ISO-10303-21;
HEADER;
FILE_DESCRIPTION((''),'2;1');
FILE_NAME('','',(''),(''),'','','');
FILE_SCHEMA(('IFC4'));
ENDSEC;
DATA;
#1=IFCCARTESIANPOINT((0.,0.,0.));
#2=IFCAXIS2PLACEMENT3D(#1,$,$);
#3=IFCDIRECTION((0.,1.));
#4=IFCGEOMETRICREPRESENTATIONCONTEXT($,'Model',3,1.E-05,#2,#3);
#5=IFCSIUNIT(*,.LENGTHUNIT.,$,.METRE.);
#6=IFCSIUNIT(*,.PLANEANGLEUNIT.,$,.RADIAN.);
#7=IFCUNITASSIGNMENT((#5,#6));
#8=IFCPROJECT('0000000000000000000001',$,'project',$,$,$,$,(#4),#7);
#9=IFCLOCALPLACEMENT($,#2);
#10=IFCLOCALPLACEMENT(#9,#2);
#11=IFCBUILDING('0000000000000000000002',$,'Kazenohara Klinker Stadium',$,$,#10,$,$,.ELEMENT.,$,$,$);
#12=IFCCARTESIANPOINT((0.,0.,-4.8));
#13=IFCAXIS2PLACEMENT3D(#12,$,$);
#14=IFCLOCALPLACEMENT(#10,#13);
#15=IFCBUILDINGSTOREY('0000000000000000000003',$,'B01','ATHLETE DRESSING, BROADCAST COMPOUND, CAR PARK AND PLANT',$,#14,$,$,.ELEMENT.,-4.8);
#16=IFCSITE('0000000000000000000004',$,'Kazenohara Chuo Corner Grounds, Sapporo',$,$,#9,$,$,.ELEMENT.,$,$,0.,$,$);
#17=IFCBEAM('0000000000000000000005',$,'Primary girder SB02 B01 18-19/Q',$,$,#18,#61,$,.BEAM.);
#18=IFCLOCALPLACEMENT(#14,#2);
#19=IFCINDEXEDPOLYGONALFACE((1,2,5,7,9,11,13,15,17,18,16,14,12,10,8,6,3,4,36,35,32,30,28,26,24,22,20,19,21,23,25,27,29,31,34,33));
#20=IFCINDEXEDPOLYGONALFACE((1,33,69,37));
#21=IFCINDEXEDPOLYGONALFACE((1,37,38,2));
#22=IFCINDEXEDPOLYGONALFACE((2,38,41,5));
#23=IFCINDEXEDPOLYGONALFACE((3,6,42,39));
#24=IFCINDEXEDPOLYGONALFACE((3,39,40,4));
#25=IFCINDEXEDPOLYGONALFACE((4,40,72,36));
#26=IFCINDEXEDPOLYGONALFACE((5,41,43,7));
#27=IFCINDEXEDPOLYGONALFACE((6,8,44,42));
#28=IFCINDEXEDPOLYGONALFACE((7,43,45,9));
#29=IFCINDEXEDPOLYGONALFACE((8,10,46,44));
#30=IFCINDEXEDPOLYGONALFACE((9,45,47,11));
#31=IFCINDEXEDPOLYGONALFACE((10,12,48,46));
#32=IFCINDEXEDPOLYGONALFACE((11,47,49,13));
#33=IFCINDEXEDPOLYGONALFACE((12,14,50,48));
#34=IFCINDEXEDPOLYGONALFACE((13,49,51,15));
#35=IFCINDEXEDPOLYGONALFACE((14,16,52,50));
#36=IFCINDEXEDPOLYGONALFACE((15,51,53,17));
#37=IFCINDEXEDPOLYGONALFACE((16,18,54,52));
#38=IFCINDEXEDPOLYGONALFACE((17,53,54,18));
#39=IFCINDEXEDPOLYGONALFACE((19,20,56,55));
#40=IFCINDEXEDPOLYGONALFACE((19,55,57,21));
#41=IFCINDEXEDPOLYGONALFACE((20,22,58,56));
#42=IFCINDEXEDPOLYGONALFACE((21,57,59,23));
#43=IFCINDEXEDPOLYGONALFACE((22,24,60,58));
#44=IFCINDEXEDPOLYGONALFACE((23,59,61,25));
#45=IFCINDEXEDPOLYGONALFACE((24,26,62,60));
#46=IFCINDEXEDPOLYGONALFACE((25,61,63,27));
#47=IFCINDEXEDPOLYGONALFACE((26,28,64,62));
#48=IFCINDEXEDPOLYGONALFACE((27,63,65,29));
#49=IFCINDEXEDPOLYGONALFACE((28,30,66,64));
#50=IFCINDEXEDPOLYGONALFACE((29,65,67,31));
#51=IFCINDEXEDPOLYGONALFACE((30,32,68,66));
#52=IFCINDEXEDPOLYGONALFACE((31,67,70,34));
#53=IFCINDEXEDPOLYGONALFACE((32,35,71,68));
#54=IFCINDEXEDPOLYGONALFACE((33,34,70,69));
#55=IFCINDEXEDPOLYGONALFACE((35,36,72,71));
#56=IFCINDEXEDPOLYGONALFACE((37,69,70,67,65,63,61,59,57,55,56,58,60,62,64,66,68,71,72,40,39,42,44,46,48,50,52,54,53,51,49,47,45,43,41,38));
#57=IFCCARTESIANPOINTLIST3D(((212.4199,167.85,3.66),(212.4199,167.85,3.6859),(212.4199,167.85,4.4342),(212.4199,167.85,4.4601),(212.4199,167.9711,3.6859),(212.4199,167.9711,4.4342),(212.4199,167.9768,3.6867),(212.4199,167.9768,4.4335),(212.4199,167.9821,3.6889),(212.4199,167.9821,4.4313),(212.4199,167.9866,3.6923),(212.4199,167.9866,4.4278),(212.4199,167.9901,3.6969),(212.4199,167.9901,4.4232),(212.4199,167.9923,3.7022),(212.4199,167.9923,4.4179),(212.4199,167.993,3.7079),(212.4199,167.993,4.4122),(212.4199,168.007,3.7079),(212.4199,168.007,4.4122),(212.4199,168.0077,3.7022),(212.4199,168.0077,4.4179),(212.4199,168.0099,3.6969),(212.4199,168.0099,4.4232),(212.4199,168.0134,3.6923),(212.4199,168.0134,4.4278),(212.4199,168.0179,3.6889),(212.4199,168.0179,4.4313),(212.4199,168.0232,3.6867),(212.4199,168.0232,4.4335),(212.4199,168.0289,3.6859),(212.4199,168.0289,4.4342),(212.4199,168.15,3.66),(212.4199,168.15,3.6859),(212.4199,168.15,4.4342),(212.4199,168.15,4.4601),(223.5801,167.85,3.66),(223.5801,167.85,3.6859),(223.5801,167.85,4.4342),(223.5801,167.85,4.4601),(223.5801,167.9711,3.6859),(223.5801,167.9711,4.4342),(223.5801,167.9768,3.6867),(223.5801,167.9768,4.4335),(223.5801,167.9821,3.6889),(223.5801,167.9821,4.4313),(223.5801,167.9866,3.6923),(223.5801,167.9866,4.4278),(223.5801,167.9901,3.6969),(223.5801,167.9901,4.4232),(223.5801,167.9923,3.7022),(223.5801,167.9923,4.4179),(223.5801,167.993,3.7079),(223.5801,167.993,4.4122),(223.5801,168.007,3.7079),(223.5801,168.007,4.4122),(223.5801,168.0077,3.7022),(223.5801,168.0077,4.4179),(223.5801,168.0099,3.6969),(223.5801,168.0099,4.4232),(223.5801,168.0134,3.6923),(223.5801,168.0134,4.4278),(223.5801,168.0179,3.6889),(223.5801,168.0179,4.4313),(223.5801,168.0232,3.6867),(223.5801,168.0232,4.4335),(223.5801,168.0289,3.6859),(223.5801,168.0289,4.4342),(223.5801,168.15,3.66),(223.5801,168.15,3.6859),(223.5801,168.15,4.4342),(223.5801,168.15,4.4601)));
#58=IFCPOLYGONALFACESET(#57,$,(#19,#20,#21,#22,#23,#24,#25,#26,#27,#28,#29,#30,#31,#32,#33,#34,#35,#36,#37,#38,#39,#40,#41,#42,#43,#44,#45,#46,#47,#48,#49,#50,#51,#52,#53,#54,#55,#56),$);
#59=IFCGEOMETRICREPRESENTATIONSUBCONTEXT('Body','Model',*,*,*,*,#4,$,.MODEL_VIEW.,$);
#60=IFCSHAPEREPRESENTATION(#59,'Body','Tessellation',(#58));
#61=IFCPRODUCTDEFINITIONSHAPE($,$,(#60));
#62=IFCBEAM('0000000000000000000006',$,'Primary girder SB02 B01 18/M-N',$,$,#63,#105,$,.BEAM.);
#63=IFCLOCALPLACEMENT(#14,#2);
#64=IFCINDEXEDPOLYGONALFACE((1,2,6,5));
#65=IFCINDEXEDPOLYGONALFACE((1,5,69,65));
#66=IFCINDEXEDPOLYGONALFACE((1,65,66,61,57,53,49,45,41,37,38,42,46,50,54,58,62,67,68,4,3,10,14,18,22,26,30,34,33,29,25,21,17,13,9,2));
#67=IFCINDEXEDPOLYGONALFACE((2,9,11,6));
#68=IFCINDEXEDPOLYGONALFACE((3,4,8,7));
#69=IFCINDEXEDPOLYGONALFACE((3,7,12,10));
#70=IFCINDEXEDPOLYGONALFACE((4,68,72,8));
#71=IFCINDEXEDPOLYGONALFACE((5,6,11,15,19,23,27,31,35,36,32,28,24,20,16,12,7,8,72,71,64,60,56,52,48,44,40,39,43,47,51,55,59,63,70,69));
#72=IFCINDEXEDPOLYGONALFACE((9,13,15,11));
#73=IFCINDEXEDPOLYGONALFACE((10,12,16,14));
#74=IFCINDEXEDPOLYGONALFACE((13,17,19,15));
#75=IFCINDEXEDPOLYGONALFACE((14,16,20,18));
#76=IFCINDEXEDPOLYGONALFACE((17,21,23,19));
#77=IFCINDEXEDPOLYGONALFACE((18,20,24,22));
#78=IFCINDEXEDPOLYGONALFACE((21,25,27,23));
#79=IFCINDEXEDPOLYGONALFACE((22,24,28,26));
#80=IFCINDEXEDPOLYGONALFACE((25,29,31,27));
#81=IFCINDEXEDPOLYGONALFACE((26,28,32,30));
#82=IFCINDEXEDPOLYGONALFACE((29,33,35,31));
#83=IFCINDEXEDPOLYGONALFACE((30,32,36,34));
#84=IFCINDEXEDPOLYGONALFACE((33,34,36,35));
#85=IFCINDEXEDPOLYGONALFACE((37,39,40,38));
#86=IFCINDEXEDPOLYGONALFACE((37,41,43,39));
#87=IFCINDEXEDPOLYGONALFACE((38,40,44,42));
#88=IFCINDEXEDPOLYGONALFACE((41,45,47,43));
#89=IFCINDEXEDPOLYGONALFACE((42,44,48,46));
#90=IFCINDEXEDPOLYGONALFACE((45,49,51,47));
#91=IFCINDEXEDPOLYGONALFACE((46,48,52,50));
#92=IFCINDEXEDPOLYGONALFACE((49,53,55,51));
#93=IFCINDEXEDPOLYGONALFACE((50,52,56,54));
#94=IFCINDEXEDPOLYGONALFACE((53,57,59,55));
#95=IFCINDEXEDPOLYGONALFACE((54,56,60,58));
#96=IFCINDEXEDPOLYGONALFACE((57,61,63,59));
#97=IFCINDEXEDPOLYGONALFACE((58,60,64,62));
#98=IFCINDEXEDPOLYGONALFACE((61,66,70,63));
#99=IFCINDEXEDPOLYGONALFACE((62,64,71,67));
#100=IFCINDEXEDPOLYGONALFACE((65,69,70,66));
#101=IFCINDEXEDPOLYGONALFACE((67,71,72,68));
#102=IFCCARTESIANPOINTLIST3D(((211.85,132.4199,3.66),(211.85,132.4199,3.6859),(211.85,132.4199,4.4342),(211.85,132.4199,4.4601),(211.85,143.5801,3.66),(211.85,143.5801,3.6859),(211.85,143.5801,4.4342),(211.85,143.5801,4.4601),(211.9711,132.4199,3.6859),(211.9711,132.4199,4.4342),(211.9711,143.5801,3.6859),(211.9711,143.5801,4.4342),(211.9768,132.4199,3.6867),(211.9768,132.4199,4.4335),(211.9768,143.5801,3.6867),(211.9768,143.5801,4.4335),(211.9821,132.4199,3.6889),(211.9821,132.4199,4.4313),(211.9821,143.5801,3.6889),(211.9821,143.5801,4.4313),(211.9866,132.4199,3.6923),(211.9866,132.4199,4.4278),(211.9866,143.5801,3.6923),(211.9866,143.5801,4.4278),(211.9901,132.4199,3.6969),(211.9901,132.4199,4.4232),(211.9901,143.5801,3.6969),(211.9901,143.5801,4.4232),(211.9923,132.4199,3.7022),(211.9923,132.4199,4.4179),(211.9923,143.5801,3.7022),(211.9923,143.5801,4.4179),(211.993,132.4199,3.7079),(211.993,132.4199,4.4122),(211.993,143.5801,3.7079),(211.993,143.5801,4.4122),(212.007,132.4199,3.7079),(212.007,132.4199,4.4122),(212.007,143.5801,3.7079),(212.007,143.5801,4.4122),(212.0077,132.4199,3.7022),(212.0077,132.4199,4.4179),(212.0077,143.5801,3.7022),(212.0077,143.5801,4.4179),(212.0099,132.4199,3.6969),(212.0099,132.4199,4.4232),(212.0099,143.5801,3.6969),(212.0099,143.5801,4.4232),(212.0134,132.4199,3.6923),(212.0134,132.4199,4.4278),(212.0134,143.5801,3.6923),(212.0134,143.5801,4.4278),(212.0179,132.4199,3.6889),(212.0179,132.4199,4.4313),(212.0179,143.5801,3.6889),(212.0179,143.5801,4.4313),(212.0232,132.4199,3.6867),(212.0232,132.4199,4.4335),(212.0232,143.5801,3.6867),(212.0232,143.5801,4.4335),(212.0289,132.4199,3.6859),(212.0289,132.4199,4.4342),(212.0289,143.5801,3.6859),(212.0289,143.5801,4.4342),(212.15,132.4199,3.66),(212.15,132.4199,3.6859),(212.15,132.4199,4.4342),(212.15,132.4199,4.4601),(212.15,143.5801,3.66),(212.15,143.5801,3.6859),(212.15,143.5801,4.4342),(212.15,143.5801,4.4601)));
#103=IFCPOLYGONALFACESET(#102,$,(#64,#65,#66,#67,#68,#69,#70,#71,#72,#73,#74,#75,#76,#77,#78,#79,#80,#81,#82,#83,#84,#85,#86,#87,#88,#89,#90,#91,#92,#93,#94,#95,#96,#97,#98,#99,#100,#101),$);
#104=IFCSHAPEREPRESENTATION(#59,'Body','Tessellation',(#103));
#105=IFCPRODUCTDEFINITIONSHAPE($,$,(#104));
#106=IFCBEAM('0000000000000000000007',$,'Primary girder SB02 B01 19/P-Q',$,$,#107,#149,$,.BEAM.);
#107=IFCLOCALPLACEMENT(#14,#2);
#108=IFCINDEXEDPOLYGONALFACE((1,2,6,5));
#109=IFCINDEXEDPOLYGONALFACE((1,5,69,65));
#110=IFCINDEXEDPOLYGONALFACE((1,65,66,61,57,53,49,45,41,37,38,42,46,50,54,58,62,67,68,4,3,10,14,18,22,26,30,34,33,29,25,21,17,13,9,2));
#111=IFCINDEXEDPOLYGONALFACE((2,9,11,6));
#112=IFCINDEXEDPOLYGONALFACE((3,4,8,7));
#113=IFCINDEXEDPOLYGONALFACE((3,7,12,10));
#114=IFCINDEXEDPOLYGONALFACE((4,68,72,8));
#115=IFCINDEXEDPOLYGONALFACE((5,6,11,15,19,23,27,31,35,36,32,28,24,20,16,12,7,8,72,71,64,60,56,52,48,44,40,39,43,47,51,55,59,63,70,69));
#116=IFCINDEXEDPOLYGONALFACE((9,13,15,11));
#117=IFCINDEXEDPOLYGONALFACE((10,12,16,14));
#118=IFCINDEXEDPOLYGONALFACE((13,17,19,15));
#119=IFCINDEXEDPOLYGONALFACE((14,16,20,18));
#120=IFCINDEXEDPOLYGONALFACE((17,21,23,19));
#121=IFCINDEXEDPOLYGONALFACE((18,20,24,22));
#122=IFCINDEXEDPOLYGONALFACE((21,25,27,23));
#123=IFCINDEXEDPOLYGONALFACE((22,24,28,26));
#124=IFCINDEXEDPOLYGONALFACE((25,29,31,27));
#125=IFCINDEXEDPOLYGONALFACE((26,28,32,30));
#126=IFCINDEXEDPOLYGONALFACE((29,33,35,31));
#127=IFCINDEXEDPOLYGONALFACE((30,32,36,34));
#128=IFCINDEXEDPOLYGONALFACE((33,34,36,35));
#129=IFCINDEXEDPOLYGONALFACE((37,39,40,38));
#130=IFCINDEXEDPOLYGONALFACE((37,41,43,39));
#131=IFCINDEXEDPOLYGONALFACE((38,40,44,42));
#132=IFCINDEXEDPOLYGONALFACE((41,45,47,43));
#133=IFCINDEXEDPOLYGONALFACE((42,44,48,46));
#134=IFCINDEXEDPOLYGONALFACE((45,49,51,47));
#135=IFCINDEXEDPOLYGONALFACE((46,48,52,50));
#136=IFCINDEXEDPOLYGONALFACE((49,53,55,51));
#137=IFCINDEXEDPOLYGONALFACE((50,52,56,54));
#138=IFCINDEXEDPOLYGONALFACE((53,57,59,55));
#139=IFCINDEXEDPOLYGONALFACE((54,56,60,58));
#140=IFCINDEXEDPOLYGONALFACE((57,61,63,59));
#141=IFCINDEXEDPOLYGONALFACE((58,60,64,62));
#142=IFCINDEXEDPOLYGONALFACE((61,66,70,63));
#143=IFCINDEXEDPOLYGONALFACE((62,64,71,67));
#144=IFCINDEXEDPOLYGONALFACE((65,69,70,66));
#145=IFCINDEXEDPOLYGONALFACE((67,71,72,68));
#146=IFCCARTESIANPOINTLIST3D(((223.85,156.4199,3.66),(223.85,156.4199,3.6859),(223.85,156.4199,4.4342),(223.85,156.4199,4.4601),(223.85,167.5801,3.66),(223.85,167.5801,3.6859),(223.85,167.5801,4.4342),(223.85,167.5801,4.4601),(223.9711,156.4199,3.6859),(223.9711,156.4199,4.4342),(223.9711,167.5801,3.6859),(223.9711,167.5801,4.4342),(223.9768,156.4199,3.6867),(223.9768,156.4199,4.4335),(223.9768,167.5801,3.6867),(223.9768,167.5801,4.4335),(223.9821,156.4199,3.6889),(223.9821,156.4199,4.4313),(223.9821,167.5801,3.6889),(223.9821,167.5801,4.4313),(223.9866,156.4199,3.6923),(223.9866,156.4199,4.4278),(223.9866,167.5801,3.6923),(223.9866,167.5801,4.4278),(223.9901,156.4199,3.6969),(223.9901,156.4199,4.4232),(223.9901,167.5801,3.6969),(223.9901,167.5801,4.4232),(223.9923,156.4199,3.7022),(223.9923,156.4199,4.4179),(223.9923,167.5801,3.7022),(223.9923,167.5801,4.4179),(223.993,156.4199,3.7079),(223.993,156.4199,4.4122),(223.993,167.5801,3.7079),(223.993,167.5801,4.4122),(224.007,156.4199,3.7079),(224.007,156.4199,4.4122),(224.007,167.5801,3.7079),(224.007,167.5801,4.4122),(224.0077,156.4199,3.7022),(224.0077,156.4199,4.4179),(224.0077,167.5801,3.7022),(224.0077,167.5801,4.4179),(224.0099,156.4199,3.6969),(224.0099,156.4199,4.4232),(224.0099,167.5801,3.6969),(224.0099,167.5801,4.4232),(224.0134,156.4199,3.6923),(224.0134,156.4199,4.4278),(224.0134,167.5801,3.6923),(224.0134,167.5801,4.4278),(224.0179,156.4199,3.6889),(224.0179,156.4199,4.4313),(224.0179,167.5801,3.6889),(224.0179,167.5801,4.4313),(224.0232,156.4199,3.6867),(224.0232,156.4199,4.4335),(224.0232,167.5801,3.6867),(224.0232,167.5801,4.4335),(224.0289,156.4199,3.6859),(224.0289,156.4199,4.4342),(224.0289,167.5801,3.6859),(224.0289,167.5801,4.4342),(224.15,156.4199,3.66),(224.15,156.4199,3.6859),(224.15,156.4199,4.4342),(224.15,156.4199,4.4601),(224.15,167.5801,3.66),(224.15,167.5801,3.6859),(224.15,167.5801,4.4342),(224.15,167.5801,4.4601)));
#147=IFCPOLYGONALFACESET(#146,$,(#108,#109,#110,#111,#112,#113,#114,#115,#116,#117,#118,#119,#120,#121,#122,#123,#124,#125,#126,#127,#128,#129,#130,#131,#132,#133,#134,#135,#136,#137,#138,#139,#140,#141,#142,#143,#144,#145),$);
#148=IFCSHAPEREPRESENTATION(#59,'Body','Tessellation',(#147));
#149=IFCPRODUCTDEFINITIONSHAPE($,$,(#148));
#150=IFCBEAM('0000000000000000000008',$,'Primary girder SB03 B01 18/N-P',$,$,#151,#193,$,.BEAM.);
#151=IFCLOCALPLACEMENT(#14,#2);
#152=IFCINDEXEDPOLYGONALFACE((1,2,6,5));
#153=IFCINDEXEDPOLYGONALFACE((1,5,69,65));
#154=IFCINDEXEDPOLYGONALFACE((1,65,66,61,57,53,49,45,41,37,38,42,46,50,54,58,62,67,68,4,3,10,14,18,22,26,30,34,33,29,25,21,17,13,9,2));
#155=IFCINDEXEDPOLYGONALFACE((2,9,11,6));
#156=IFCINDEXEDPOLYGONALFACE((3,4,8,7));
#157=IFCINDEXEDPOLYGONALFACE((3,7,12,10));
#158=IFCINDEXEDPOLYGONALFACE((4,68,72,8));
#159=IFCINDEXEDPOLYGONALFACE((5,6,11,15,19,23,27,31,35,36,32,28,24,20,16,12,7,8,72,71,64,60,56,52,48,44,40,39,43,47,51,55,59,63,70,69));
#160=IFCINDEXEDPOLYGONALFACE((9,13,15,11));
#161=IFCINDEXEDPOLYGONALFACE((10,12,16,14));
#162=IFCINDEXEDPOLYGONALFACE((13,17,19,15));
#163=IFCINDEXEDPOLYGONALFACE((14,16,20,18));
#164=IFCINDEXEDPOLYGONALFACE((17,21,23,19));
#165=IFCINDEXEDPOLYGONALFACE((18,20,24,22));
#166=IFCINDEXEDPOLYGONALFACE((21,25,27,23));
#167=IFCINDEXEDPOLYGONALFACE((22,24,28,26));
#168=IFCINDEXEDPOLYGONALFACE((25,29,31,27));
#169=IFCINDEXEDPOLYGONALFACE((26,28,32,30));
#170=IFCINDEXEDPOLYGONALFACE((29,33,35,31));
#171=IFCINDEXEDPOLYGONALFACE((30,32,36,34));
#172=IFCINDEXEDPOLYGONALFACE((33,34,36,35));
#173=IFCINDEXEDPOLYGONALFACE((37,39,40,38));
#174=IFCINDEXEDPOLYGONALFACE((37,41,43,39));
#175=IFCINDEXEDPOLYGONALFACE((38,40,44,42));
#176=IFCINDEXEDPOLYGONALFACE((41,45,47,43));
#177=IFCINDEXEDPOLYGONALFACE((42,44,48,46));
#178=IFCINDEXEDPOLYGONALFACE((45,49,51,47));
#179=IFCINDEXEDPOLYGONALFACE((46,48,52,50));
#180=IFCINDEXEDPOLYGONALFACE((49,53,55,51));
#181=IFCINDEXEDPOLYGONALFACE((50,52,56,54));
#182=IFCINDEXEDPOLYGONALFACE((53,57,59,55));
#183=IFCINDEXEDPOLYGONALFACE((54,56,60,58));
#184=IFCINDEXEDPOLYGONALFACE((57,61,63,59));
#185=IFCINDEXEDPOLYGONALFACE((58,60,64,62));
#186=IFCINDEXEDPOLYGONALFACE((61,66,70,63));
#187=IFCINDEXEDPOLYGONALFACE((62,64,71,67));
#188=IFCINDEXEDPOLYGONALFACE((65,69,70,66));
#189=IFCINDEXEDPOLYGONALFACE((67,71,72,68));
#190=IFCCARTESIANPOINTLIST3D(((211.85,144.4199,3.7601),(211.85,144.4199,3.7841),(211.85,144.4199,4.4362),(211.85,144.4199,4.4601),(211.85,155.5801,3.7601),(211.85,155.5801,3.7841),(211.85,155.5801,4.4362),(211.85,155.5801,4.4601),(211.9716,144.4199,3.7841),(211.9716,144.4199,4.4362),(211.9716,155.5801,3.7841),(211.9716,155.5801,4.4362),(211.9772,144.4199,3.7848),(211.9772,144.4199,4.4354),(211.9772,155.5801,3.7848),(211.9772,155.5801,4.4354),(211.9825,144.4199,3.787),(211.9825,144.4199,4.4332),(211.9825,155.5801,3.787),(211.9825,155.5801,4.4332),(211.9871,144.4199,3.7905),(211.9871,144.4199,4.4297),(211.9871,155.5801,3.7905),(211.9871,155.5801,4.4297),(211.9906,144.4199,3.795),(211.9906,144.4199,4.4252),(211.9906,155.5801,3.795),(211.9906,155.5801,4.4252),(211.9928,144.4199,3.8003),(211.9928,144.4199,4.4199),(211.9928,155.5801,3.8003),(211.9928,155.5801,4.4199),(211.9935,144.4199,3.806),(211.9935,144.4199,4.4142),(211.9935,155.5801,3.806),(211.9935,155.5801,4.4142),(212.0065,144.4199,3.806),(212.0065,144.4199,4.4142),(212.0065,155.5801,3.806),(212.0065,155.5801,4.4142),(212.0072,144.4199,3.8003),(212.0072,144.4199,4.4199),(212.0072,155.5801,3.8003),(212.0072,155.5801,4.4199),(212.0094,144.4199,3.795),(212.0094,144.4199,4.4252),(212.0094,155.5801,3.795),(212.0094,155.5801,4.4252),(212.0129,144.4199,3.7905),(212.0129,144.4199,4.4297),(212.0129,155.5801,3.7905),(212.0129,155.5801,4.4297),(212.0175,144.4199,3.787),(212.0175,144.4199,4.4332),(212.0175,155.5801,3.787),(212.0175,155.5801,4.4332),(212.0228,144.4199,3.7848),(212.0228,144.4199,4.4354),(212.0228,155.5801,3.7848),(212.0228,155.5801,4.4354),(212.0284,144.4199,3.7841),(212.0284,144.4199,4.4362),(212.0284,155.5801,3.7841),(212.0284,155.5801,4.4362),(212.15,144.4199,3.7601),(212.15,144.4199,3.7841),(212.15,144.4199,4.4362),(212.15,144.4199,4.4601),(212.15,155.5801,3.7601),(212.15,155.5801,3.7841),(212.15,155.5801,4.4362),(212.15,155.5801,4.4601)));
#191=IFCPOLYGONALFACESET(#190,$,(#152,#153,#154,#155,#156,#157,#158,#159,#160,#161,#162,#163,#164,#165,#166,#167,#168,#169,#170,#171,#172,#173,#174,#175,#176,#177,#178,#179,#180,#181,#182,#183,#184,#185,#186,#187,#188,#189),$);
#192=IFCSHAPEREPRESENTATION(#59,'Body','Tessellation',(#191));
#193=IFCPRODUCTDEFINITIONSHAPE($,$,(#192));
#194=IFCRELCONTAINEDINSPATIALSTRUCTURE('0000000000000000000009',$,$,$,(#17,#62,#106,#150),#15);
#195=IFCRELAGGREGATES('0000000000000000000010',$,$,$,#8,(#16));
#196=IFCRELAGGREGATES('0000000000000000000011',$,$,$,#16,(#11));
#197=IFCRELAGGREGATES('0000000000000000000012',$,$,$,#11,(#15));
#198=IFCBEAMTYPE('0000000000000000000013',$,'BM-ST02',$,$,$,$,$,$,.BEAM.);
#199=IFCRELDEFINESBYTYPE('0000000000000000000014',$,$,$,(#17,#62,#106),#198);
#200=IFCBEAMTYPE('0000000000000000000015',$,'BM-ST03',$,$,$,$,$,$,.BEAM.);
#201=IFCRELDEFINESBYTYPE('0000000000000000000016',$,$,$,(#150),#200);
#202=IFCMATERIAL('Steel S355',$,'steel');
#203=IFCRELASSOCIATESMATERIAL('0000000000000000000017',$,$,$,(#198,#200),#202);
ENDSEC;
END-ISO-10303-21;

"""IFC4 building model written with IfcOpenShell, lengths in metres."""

from ifc_helpers import new_model, si_unit, direction, frame, origin, origin_2d, place, context, subcontext, project, spatial, i_section, extrude, material, material_profile, profile_set, type_object, element, save


model = new_model("IFC4")

# Units and contexts
model_context = context("Model", 3, precision=1e-05, world=origin(), true_north=direction((0.0, 1.0)))
body_context = subcontext(model_context, "Body", "Model", "MODEL_VIEW")
ifc_project = project(units=[si_unit("LENGTHUNIT", "METRE"), si_unit("PLANEANGLEUNIT", "RADIAN")], contexts=[model_context])

# Site, building, storey
site_placement = place(None, origin())
site = spatial("IfcSite", under=ifc_project, at=site_placement, Name="Kazenohara Chuo Corner Grounds, Sapporo", CompositionType="ELEMENT", RefElevation=0.0)
building_placement = place(site_placement, origin())
building = spatial("IfcBuilding", under=site, at=building_placement, Name="Kazenohara Klinker Stadium", CompositionType="ELEMENT")
storey_placement = place(building_placement, frame((0.0, 0.0, -4.8)))
storey = spatial("IfcBuildingStorey", under=building, at=storey_placement, Name="B01", Description="ATHLETE DRESSING, BROADCAST COMPOUND, CAR PARK AND PLANT", CompositionType="ELEMENT", Elevation=-4.8)

# Beams
ifc_material_1 = material(Name="Steel S355", Category="steel")
ifc_material_profile_1 = material_profile(ifc_material_1, i_section(OverallWidth=0.3, OverallDepth=0.8, WebThickness=0.0139, FlangeThickness=0.0259, FilletRadius=0.022, at=origin_2d()), Name="H-800x300x14x26")
ifc_profile_set_1 = profile_set([ifc_material_profile_1], Name="Steel S355")
beam_type_1 = type_object("IfcBeamType", Name="BM-ST02", PredefinedType="BEAM", material=ifc_profile_set_1)
for number, where, z_axis, x_axis, name in (
    (1, (212.4199, 168.0, 4.0601), (1.0, 0.0, 0.0), (0.0, 1.0, 0.0), "Primary girder SB02 B01 18-19/Q"),
    (2, (212.0, 132.4199, 4.0601), (0.0, 1.0, 0.0), (-1.0, 0.0, 0.0), "Primary girder SB02 B01 18/M-N"),
    (3, (224.0, 156.4199, 4.0601), (0.0, 1.0, 0.0), (-1.0, 0.0, 0.0), "Primary girder SB02 B01 19/P-Q"),
):
    element("IfcBeam", number, at=place(storey_placement, frame(where, z_axis=z_axis, x_axis=x_axis)), inside=storey, type_object=beam_type_1, Name=name, PredefinedType="BEAM", context=body_context, shape_type="SweptSolid", body=[
        extrude(i_section(OverallWidth=0.3, OverallDepth=0.8, WebThickness=0.0139, FlangeThickness=0.0259, FilletRadius=0.022, at=origin_2d()), origin(), (0.0, 0.0, 1.0), 11.1602),
    ])
ifc_material_profile_2 = material_profile(ifc_material_1, i_section(OverallWidth=0.3, OverallDepth=0.7, WebThickness=0.0129, FlangeThickness=0.0239, FilletRadius=0.022, at=origin_2d()), Name="H-700x300x13x24")
ifc_profile_set_2 = profile_set([ifc_material_profile_2], Name="Steel S355")
beam_type_2 = type_object("IfcBeamType", Name="BM-ST03", PredefinedType="BEAM", material=ifc_profile_set_2)
for number, where, z_axis, x_axis, name in (
    (4, (212.0, 144.4199, 4.1101), (0.0, 1.0, 0.0), (-1.0, 0.0, 0.0), "Primary girder SB03 B01 18/N-P"),
):
    element("IfcBeam", number, at=place(storey_placement, frame(where, z_axis=z_axis, x_axis=x_axis)), inside=storey, type_object=beam_type_2, Name=name, PredefinedType="BEAM", context=body_context, shape_type="SweptSolid", body=[
        extrude(i_section(OverallWidth=0.3, OverallDepth=0.7, WebThickness=0.0129, FlangeThickness=0.0239, FilletRadius=0.022, at=origin_2d()), origin(), (0.0, 0.0, 1.0), 11.1602),
    ])

save(model, "model.ifc")
